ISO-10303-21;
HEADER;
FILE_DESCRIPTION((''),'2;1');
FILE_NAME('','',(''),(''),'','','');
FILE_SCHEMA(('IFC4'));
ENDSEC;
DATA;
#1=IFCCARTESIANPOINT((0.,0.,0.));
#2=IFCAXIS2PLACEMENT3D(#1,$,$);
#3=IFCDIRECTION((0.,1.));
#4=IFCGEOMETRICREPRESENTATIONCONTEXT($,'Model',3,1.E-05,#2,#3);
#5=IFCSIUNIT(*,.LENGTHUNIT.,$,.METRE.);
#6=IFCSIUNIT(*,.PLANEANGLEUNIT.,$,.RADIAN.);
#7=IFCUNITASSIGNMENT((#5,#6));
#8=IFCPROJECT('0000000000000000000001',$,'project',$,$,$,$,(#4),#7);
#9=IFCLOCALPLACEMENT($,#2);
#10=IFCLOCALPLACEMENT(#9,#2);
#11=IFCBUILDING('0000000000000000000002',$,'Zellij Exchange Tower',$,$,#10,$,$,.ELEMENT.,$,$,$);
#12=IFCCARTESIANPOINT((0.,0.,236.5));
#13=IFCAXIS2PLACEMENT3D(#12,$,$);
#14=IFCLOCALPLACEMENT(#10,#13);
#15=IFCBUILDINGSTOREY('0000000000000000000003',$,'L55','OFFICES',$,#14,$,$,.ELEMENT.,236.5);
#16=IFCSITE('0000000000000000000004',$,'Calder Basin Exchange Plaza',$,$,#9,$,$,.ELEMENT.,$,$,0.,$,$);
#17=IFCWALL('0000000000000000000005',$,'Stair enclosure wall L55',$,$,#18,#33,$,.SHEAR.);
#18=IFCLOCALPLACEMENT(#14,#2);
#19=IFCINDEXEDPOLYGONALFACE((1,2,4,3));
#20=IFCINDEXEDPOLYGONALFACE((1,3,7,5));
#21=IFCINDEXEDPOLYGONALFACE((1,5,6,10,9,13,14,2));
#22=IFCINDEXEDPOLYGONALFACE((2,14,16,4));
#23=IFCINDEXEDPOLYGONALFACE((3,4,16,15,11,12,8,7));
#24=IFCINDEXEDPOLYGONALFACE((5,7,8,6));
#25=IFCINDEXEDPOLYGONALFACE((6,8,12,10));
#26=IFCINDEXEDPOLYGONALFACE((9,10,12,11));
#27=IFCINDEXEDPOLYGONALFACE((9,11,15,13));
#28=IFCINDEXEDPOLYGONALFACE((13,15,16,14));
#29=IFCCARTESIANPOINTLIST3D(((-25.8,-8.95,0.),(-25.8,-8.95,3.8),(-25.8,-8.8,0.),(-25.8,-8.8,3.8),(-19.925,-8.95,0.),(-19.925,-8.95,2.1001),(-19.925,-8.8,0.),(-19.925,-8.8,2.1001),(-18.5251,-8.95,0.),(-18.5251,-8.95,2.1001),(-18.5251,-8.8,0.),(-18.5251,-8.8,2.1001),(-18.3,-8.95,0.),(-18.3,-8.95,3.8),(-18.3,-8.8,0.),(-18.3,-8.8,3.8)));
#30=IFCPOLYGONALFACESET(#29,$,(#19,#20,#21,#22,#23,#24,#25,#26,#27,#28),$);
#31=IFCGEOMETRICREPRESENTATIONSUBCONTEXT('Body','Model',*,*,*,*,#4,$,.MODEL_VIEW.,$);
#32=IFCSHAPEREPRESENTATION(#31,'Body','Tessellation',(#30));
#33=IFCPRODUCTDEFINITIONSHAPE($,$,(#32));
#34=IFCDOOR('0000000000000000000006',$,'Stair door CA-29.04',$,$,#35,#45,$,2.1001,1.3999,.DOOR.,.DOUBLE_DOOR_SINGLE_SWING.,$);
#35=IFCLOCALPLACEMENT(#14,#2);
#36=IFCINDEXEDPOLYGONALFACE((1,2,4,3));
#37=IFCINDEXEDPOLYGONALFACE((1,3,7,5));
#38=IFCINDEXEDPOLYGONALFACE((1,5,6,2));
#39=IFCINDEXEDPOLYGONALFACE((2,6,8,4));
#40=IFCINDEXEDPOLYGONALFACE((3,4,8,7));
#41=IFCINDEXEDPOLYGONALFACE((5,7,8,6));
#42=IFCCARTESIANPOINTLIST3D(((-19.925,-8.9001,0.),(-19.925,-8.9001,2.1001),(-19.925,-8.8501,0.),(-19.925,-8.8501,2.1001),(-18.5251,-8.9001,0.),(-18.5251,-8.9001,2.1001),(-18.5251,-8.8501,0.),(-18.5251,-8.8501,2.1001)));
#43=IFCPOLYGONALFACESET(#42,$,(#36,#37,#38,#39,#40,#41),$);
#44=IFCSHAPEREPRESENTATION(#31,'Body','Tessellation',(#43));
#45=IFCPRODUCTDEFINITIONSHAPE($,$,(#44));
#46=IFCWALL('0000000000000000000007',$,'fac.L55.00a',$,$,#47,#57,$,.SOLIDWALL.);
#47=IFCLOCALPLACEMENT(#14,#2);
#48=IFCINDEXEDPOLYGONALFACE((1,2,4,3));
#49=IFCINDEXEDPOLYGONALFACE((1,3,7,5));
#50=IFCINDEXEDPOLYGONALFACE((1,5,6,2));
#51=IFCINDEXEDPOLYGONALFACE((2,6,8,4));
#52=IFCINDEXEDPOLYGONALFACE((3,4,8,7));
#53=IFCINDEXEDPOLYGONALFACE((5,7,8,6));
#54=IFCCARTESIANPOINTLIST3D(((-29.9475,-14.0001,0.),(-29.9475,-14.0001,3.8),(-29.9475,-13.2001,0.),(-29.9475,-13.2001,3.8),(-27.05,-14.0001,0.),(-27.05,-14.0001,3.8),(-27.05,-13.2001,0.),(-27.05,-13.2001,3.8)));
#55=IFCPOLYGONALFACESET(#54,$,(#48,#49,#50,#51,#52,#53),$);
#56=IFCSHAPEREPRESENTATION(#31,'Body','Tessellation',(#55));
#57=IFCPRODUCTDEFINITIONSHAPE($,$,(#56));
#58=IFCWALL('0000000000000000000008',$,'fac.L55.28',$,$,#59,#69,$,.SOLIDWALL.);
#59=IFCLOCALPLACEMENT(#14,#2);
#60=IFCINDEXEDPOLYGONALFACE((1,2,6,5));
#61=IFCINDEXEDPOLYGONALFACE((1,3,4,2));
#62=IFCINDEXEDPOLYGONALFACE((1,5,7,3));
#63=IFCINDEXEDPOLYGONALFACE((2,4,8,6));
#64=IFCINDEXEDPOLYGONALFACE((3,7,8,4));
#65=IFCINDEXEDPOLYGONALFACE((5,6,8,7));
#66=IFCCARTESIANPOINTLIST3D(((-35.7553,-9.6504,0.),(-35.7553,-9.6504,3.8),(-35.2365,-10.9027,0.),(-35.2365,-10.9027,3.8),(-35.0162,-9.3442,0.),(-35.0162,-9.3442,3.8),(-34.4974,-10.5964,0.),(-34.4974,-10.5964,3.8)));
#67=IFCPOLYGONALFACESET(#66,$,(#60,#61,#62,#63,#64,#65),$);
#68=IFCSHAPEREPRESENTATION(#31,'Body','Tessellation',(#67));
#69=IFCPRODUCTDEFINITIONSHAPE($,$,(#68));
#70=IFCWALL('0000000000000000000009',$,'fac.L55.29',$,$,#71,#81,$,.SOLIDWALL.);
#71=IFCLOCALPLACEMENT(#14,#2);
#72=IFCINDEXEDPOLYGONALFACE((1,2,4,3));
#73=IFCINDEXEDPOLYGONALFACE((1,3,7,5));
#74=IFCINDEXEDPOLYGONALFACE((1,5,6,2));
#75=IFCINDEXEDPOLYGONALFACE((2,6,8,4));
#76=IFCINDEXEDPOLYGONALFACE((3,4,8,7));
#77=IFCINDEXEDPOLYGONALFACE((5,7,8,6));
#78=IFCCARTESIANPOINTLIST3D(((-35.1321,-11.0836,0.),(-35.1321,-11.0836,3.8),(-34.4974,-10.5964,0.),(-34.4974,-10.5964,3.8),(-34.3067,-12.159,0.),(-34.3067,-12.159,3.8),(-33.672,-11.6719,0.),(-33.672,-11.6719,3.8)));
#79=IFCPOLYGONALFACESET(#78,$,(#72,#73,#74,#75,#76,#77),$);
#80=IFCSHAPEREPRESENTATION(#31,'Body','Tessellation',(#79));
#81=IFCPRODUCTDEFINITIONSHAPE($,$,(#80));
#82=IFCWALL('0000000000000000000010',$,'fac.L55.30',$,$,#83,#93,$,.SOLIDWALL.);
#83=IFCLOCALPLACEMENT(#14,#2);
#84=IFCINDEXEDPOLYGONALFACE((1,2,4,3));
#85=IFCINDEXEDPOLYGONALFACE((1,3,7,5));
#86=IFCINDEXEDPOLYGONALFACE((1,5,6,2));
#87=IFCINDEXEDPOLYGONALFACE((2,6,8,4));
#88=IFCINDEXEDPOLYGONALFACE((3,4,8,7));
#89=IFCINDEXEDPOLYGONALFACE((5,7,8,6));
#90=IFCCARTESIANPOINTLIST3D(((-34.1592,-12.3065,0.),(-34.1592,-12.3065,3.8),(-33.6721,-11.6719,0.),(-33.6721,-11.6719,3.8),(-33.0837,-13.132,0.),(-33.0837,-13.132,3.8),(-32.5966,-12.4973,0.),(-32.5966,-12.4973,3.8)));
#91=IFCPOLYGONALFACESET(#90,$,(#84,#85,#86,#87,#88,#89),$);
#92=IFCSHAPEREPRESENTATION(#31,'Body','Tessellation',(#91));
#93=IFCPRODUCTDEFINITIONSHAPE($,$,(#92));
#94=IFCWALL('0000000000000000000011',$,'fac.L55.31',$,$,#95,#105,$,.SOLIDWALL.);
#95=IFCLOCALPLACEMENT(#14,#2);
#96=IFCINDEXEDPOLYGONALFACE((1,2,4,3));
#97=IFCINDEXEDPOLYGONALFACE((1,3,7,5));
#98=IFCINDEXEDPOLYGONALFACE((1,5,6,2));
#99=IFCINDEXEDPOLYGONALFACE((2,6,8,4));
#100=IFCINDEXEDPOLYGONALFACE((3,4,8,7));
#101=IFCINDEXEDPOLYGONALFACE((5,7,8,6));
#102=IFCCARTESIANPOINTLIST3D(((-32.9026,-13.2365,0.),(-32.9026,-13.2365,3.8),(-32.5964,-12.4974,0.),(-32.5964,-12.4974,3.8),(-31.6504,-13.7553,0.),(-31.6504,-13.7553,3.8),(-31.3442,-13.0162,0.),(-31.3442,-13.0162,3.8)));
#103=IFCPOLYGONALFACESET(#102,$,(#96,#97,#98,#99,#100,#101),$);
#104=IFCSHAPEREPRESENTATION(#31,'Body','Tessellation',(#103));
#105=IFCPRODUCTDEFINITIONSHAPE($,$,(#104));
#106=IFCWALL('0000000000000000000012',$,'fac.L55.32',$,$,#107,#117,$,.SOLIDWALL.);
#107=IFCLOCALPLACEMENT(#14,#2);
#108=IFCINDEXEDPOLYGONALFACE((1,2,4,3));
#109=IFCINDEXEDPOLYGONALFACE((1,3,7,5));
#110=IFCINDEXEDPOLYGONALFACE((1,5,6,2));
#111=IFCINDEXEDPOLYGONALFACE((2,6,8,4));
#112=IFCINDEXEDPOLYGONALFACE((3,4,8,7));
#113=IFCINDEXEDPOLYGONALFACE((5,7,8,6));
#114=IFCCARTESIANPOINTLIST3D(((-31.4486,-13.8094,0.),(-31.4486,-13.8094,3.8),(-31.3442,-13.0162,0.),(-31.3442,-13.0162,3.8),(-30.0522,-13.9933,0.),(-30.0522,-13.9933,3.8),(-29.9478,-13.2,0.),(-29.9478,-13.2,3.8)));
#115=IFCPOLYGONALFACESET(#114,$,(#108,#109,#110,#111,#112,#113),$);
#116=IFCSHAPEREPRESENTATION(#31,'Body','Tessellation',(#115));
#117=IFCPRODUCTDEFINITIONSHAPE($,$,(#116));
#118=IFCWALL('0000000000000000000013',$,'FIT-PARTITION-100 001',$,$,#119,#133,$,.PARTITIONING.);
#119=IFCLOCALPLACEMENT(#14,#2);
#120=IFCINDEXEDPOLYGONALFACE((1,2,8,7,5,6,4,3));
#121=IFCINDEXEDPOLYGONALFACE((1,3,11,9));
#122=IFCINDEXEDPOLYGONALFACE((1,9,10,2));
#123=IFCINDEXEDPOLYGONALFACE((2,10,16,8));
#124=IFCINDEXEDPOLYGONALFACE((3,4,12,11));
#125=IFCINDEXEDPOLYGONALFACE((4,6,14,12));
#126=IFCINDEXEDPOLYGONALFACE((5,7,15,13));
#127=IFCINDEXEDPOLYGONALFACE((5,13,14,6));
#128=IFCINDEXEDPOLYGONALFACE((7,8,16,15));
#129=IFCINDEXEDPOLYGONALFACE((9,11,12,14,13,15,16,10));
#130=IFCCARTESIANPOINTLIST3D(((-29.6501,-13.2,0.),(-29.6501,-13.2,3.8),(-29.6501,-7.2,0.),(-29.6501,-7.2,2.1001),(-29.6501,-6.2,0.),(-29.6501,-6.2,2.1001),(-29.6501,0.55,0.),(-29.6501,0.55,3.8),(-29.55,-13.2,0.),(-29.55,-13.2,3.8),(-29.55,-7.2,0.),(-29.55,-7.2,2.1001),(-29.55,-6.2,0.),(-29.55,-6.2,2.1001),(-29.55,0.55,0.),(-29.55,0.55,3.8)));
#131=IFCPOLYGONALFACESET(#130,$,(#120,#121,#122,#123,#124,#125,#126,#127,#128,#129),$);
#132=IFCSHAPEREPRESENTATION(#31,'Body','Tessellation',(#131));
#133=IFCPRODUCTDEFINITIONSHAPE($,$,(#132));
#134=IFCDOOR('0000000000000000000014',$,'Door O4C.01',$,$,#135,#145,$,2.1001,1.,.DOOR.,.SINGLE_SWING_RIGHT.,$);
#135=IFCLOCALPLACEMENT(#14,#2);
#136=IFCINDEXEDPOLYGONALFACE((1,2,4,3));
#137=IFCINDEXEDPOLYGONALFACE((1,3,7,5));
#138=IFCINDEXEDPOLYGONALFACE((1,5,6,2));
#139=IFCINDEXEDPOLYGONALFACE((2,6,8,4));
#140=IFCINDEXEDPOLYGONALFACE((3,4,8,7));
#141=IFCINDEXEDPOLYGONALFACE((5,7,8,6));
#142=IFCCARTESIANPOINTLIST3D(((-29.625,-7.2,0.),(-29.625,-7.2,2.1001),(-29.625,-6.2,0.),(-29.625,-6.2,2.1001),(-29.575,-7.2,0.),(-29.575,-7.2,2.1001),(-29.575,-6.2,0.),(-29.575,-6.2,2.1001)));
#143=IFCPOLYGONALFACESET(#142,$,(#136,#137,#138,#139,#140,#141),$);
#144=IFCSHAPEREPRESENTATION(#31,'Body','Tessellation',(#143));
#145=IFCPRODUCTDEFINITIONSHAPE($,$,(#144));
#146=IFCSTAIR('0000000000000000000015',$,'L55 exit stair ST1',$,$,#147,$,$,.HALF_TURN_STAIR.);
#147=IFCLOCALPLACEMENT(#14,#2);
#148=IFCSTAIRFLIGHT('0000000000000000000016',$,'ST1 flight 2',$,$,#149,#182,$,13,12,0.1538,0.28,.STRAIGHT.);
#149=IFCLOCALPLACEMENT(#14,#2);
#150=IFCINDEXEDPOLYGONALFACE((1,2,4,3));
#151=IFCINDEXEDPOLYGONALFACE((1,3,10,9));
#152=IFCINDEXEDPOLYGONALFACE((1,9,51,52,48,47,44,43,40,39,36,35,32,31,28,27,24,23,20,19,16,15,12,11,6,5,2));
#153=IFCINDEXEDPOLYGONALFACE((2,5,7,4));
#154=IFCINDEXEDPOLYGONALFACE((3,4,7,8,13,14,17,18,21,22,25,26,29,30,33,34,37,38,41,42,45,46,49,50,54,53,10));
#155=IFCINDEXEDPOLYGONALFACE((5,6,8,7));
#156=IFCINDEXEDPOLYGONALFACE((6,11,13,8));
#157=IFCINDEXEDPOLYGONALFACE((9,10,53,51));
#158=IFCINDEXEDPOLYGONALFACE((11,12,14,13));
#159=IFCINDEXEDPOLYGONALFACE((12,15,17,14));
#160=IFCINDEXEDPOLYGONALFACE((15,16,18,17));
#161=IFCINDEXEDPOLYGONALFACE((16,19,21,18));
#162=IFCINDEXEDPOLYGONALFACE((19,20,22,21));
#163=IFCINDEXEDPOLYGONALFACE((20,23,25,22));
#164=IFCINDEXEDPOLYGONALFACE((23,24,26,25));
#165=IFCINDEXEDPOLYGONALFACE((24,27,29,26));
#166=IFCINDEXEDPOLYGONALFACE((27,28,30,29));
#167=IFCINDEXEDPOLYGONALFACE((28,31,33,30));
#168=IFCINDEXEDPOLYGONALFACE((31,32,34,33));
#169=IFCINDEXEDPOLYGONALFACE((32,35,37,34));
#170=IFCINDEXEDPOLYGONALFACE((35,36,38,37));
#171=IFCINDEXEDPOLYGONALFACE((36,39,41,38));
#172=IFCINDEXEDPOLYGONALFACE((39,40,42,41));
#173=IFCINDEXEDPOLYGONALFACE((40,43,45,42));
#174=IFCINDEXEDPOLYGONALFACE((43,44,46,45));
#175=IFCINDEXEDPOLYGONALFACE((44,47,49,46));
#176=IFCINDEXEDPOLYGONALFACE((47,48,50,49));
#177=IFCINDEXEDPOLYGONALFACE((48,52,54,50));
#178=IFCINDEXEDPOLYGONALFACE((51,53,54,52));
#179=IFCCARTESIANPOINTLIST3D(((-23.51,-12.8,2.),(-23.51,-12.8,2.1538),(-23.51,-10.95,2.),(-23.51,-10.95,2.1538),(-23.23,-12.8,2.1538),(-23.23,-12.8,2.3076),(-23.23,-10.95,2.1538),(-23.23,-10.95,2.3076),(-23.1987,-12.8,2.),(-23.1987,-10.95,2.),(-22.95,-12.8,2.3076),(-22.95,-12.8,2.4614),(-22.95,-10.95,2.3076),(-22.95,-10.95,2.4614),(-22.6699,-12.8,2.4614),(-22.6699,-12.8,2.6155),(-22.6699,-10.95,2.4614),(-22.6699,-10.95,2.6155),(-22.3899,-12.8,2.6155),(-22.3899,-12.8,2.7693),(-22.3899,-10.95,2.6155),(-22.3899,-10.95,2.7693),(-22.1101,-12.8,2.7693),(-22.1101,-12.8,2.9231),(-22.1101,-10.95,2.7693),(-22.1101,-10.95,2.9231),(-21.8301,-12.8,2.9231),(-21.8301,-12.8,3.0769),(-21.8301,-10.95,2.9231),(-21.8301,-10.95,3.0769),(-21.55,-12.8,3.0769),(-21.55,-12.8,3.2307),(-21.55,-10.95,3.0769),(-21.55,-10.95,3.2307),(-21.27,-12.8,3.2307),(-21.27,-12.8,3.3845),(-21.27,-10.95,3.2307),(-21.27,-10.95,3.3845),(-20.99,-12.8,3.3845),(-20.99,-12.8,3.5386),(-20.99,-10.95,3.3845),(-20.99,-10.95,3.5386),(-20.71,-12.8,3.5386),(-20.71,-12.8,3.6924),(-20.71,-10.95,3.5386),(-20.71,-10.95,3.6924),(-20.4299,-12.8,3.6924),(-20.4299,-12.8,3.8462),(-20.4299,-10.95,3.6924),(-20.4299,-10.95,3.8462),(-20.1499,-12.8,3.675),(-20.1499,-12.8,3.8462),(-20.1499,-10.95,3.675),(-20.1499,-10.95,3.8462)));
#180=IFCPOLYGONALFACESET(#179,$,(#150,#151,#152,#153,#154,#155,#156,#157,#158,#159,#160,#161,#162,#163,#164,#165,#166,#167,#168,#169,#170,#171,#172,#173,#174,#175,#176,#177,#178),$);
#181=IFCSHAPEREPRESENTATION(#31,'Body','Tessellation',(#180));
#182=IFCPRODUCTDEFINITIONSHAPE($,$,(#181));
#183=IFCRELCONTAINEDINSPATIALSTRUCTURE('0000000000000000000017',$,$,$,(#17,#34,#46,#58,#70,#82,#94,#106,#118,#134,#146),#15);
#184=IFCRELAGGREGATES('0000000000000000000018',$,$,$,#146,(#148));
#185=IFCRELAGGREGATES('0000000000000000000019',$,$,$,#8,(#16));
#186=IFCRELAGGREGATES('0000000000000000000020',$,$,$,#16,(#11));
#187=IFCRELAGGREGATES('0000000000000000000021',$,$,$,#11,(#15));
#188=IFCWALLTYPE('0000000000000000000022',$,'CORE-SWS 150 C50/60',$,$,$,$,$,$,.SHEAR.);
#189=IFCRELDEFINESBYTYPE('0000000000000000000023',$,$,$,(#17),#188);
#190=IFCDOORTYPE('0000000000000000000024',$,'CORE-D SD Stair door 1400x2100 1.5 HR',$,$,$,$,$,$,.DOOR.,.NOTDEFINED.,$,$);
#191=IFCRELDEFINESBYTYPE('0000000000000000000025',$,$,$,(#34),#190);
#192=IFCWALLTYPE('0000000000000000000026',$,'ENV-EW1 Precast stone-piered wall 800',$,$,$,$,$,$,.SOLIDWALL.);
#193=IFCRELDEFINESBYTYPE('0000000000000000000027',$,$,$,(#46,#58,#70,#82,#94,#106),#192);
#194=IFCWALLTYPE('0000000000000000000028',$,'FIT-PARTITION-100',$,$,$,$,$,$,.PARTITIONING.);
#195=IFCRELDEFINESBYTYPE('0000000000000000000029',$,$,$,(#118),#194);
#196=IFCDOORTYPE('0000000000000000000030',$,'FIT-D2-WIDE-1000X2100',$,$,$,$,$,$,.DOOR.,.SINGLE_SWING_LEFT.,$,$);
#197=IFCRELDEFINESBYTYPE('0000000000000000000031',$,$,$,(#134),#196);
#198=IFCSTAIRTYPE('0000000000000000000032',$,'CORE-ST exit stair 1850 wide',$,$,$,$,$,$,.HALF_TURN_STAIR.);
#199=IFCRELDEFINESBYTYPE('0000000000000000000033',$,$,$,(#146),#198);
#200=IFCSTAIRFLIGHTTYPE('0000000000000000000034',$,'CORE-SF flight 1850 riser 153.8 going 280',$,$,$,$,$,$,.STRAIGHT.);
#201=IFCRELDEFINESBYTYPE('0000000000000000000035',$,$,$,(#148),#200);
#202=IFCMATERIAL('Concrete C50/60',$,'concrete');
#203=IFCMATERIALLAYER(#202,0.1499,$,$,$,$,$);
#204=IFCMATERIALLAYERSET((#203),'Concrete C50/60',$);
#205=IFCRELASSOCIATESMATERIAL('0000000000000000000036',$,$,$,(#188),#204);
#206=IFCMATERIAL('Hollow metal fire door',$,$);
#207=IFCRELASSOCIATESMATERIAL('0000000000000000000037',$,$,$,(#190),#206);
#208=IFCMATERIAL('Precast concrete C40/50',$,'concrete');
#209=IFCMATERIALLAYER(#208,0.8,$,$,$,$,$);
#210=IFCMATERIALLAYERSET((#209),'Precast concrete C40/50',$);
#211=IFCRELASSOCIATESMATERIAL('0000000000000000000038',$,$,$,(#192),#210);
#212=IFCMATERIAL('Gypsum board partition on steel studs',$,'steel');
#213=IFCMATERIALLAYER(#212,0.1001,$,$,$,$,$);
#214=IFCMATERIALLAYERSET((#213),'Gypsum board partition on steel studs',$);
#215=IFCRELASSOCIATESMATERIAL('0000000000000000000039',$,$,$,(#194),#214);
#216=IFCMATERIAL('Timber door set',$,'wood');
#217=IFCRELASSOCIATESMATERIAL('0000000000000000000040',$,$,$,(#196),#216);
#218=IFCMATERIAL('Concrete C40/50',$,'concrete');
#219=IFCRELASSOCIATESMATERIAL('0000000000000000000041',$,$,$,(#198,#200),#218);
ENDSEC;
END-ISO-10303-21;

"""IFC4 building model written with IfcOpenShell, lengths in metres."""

from ifc_helpers import new_model, si_unit, direction, frame, frame_2d, origin, place, context, subcontext, project, spatial, polyline, rectangle, outline, extrude, material, layer, layer_set, type_object, element, fill, aggregate, save


model = new_model("IFC4")

# Units and contexts
model_context = context("Model", 3, precision=1e-05, world=origin(), true_north=direction((0.0, 1.0)))
body_context = subcontext(model_context, "Body", "Model", "MODEL_VIEW")
ifc_project = project(units=[si_unit("LENGTHUNIT", "METRE"), si_unit("PLANEANGLEUNIT", "RADIAN")], contexts=[model_context])

# Site, building, storey
site_placement = place(None, origin())
site = spatial("IfcSite", under=ifc_project, at=site_placement, Name="Calder Basin Exchange Plaza", CompositionType="ELEMENT", RefElevation=0.0)
building_placement = place(site_placement, origin())
building = spatial("IfcBuilding", under=site, at=building_placement, Name="Zellij Exchange Tower", CompositionType="ELEMENT")
storey_placement = place(building_placement, frame((0.0, 0.0, 236.5)))
storey = spatial("IfcBuildingStorey", under=building, at=storey_placement, Name="L55", Description="OFFICES", CompositionType="ELEMENT", Elevation=236.5)

# Shared definitions
ifc_material_1 = material(Name="Concrete C50/60", Category="concrete")

# Wall, opening, door
ifc_material_2 = material(Name="Hollow metal fire door")
ifc_layer_1 = layer(ifc_material_1, 0.1499)
ifc_layer_set_1 = layer_set([ifc_layer_1], Name="Concrete C50/60")
wall_type_1 = type_object("IfcWallType", Name="CORE-SWS 150 C50/60", PredefinedType="SHEAR", material=ifc_layer_set_1)
wall_1_placement = place(storey_placement, frame((-25.8, -8.875, 0.0), z_axis=(0.0, 0.0, 1.0), x_axis=(1.0, 0.0, 0.0)))
wall_1 = element("IfcWall", 1, at=wall_1_placement, inside=storey, type_object=wall_type_1, Name="Stair enclosure wall L55", PredefinedType="SHEAR", context=body_context, shape_type="SweptSolid", body=[
    extrude(rectangle(XDim=7.5, YDim=0.1499, at=frame_2d((3.75, 0.0))), origin(), (0.0, 0.0, 1.0), 3.8),
])
opening_1_placement = place(wall_1_placement, frame((5.875, 0.0, 0.0)))
opening_1 = element("IfcOpeningElement", 2, at=opening_1_placement, cuts=wall_1, PredefinedType="OPENING", context=body_context, shape_type="SweptSolid", body=[
    extrude(rectangle(XDim=1.3999, YDim=2.1001, at=frame_2d((0.7, 1.05))), frame((0.0, 0.0869, 0.0), z_axis=(0.0, -1.0, 0.0), x_axis=(1.0, 0.0, 0.0)), (0.0, 0.0, 1.0), 0.1738),
])
door_type_1 = type_object("IfcDoorType", Name="CORE-D SD Stair door 1400x2100 1.5 HR", OperationType="NOTDEFINED", PredefinedType="DOOR", material=ifc_material_2)
door_1_placement = place(opening_1_placement, origin())
door_1 = element("IfcDoor", 3, at=door_1_placement, inside=storey, type_object=door_type_1, Name="Stair door CA-29.04", OperationType="DOUBLE_DOOR_SINGLE_SWING", OverallHeight=2.1001, OverallWidth=1.3999, PredefinedType="DOOR", context=body_context, shape_type="SweptSolid", body=[
    extrude(rectangle(XDim=1.3999, YDim=2.1001, at=frame_2d((0.7, 1.05))), frame((0.0, 0.0249, 0.0), z_axis=(0.0, -1.0, 0.0), x_axis=(1.0, 0.0, 0.0)), (0.0, 0.0, 1.0), 0.05),
])
fill(opening_1, door_1)

# Walls
ifc_material_3 = material(Name="Precast concrete C40/50", Category="concrete")
ifc_layer_2 = layer(ifc_material_3, 0.8)
ifc_layer_set_2 = layer_set([ifc_layer_2], Name="Precast concrete C40/50")
wall_type_2 = type_object("IfcWallType", Name="ENV-EW1 Precast stone-piered wall 800", PredefinedType="SOLIDWALL", material=ifc_layer_set_2)
wall_2_placement = place(storey_placement, frame((-29.9475, -13.6001, 0.0), z_axis=(0.0, 0.0, 1.0), x_axis=(1.0, 0.0, 0.0)))
element("IfcWall", 4, at=wall_2_placement, inside=storey, type_object=wall_type_2, Name="fac.L55.00a", PredefinedType="SOLIDWALL", context=body_context, shape_type="SweptSolid", body=[
    extrude(rectangle(XDim=2.8975, YDim=0.8, at=frame_2d((1.4487, 0.0))), origin(), (0.0, 0.0, 1.0), 3.8),
])
wall_3_placement = place(storey_placement, frame((-35.3857, -9.4973, 0.0), z_axis=(0.0, 0.0, 1.0), x_axis=(0.38276, -0.923848, 0.0)))
element("IfcWall", 5, at=wall_3_placement, inside=storey, type_object=wall_type_2, Name="fac.L55.28", PredefinedType="SOLIDWALL", context=body_context, shape_type="SweptSolid", body=[
    extrude(rectangle(XDim=1.3555, YDim=0.8, at=frame_2d((0.6777, 0.0))), origin(), (0.0, 0.0, 1.0), 3.8),
])
for number, where, z_axis, x_axis, name in (
    (6, (-34.8147, -10.8401, 0.0), (0.0, 0.0, 1.0), (0.608866, -0.793273, 0.0), "fac.L55.29"),
    (7, (-33.9155, -11.9893, 0.0), (0.0, 0.0, 1.0), (0.793273, -0.608866, 0.0), "fac.L55.30"),
):
    element("IfcWall", number, at=place(storey_placement, frame(where, z_axis=z_axis, x_axis=x_axis)), inside=storey, type_object=wall_type_2, Name=name, PredefinedType="SOLIDWALL", context=body_context, shape_type="SweptSolid", body=[
        extrude(rectangle(XDim=1.3557, YDim=0.8, at=frame_2d((0.6777, 0.0))), origin(), (0.0, 0.0, 1.0), 3.8),
    ])
wall_4_placement = place(storey_placement, frame((-32.7495, -12.8669, 0.0), z_axis=(0.0, 0.0, 1.0), x_axis=(0.923848, -0.38276, 0.0)))
element("IfcWall", 8, at=wall_4_placement, inside=storey, type_object=wall_type_2, Name="fac.L55.31", PredefinedType="SOLIDWALL", context=body_context, shape_type="SweptSolid", body=[
    extrude(rectangle(XDim=1.3555, YDim=0.8, at=frame_2d((0.6777, 0.0))), origin(), (0.0, 0.0, 1.0), 3.8),
])
wall_5_placement = place(storey_placement, frame((-31.3962, -13.4128, 0.0), z_axis=(0.0, 0.0, 1.0), x_axis=(0.991446, -0.130517, 0.0)))
element("IfcWall", 9, at=wall_5_placement, inside=storey, type_object=wall_type_2, Name="fac.L55.32", PredefinedType="SOLIDWALL", context=body_context, shape_type="SweptSolid", body=[
    extrude(rectangle(XDim=1.4084, YDim=0.8, at=frame_2d((0.7041, 0.0))), origin(), (0.0, 0.0, 1.0), 3.8),
])

# Wall, opening, door
ifc_material_4 = material(Name="Gypsum board partition on steel studs", Category="steel")
ifc_layer_3 = layer(ifc_material_4, 0.1001)
ifc_layer_set_3 = layer_set([ifc_layer_3], Name="Gypsum board partition on steel studs")
wall_type_3 = type_object("IfcWallType", Name="FIT-PARTITION-100", PredefinedType="PARTITIONING", material=ifc_layer_set_3)
wall_6_placement = place(storey_placement, frame((-29.6001, -13.2, 0.0), z_axis=(0.0, 0.0, 1.0), x_axis=(0.0, 1.0, 0.0)))
wall_6 = element("IfcWall", 10, at=wall_6_placement, inside=storey, type_object=wall_type_3, Name="FIT-PARTITION-100 001", PredefinedType="PARTITIONING", context=body_context, shape_type="SweptSolid", body=[
    extrude(rectangle(XDim=13.75, YDim=0.1001, at=frame_2d((6.875, 0.0))), origin(), (0.0, 0.0, 1.0), 3.8),
])
opening_2_placement = place(wall_6_placement, frame((6.0, 0.0, 0.0)))
opening_2 = element("IfcOpeningElement", 11, at=opening_2_placement, cuts=wall_6, PredefinedType="OPENING", context=body_context, shape_type="SweptSolid", body=[
    extrude(rectangle(XDim=1.0, YDim=2.1001, at=frame_2d((0.5, 1.05))), frame((0.0, 0.062, 0.0), z_axis=(0.0, -1.0, 0.0), x_axis=(1.0, 0.0, 0.0)), (0.0, 0.0, 1.0), 0.124),
])
ifc_material_5 = material(Name="Timber door set", Category="wood")
door_type_2 = type_object("IfcDoorType", Name="FIT-D2-WIDE-1000X2100", OperationType="SINGLE_SWING_LEFT", PredefinedType="DOOR", material=ifc_material_5)
door_2_placement = place(opening_2_placement, origin())
door_2 = element("IfcDoor", 12, at=door_2_placement, inside=storey, type_object=door_type_2, Name="Door O4C.01", OperationType="SINGLE_SWING_RIGHT", OverallHeight=2.1001, OverallWidth=1.0, PredefinedType="DOOR", context=body_context, shape_type="SweptSolid", body=[
    extrude(rectangle(XDim=1.0, YDim=2.1001, at=frame_2d((0.5, 1.05))), frame((0.0, 0.0249, 0.0), z_axis=(0.0, -1.0, 0.0), x_axis=(1.0, 0.0, 0.0)), (0.0, 0.0, 1.0), 0.05),
])
fill(opening_2, door_2)

# Stair, stair flight
ifc_material_6 = material(Name="Concrete C40/50", Category="concrete")
stair_type = type_object("IfcStairType", Name="CORE-ST exit stair 1850 wide", PredefinedType="HALF_TURN_STAIR", material=ifc_material_6)
stair_placement = place(storey_placement, origin())
stair = element("IfcStair", 13, at=stair_placement, inside=storey, type_object=stair_type, Name="L55 exit stair ST1", PredefinedType="HALF_TURN_STAIR")
stair_flight_type = type_object("IfcStairFlightType", Name="CORE-SF flight 1850 riser 153.8 going 280", PredefinedType="STRAIGHT", material=ifc_material_6)
stair_flight_placement = place(storey_placement, frame((-23.51, -11.875, 2.0), z_axis=(0.0, 0.0, 1.0), x_axis=(1.0, 0.0, 0.0)))
stair_flight = element("IfcStairFlight", 14, at=stair_flight_placement, type_object=stair_flight_type, Name="ST1 flight 2", NumberOfRisers=13, NumberOfTreads=12, PredefinedType="STRAIGHT", RiserHeight=0.1538, TreadLength=0.28, context=body_context, shape_type="SweptSolid", body=[
    extrude(outline(polyline([(0.0, 0.0), (0.0, 0.1538), (0.28, 0.1538), (0.28, 0.3076), (0.5601, 0.3076), (0.5601, 0.4614), (0.8401, 0.4614), (0.8401, 0.6155), (1.1201, 0.6155), (1.1201, 0.7693), (1.3999, 0.7693), (1.3999, 0.9231), (1.6799, 0.9231), (1.6799, 1.0769), (1.96, 1.0769), (1.96, 1.2307), (2.24, 1.2307), (2.24, 1.3845), (2.52, 1.3845), (2.52, 1.5386), (2.8, 1.5386), (2.8, 1.6924), (3.0801, 1.6924), (3.0801, 1.8462), (3.3601, 1.8462), (3.3601, 2.0), (3.3601, 1.675), (0.3113, 0.0), (0.0, 0.0)])), frame((0.0, 0.925, 0.0), z_axis=(0.0, -1.0, 0.0), x_axis=(1.0, 0.0, 0.0)), (0.0, 0.0, 1.0), 1.8501),
])
aggregate(stair, [stair_flight])

save(model, "model.ifc")
